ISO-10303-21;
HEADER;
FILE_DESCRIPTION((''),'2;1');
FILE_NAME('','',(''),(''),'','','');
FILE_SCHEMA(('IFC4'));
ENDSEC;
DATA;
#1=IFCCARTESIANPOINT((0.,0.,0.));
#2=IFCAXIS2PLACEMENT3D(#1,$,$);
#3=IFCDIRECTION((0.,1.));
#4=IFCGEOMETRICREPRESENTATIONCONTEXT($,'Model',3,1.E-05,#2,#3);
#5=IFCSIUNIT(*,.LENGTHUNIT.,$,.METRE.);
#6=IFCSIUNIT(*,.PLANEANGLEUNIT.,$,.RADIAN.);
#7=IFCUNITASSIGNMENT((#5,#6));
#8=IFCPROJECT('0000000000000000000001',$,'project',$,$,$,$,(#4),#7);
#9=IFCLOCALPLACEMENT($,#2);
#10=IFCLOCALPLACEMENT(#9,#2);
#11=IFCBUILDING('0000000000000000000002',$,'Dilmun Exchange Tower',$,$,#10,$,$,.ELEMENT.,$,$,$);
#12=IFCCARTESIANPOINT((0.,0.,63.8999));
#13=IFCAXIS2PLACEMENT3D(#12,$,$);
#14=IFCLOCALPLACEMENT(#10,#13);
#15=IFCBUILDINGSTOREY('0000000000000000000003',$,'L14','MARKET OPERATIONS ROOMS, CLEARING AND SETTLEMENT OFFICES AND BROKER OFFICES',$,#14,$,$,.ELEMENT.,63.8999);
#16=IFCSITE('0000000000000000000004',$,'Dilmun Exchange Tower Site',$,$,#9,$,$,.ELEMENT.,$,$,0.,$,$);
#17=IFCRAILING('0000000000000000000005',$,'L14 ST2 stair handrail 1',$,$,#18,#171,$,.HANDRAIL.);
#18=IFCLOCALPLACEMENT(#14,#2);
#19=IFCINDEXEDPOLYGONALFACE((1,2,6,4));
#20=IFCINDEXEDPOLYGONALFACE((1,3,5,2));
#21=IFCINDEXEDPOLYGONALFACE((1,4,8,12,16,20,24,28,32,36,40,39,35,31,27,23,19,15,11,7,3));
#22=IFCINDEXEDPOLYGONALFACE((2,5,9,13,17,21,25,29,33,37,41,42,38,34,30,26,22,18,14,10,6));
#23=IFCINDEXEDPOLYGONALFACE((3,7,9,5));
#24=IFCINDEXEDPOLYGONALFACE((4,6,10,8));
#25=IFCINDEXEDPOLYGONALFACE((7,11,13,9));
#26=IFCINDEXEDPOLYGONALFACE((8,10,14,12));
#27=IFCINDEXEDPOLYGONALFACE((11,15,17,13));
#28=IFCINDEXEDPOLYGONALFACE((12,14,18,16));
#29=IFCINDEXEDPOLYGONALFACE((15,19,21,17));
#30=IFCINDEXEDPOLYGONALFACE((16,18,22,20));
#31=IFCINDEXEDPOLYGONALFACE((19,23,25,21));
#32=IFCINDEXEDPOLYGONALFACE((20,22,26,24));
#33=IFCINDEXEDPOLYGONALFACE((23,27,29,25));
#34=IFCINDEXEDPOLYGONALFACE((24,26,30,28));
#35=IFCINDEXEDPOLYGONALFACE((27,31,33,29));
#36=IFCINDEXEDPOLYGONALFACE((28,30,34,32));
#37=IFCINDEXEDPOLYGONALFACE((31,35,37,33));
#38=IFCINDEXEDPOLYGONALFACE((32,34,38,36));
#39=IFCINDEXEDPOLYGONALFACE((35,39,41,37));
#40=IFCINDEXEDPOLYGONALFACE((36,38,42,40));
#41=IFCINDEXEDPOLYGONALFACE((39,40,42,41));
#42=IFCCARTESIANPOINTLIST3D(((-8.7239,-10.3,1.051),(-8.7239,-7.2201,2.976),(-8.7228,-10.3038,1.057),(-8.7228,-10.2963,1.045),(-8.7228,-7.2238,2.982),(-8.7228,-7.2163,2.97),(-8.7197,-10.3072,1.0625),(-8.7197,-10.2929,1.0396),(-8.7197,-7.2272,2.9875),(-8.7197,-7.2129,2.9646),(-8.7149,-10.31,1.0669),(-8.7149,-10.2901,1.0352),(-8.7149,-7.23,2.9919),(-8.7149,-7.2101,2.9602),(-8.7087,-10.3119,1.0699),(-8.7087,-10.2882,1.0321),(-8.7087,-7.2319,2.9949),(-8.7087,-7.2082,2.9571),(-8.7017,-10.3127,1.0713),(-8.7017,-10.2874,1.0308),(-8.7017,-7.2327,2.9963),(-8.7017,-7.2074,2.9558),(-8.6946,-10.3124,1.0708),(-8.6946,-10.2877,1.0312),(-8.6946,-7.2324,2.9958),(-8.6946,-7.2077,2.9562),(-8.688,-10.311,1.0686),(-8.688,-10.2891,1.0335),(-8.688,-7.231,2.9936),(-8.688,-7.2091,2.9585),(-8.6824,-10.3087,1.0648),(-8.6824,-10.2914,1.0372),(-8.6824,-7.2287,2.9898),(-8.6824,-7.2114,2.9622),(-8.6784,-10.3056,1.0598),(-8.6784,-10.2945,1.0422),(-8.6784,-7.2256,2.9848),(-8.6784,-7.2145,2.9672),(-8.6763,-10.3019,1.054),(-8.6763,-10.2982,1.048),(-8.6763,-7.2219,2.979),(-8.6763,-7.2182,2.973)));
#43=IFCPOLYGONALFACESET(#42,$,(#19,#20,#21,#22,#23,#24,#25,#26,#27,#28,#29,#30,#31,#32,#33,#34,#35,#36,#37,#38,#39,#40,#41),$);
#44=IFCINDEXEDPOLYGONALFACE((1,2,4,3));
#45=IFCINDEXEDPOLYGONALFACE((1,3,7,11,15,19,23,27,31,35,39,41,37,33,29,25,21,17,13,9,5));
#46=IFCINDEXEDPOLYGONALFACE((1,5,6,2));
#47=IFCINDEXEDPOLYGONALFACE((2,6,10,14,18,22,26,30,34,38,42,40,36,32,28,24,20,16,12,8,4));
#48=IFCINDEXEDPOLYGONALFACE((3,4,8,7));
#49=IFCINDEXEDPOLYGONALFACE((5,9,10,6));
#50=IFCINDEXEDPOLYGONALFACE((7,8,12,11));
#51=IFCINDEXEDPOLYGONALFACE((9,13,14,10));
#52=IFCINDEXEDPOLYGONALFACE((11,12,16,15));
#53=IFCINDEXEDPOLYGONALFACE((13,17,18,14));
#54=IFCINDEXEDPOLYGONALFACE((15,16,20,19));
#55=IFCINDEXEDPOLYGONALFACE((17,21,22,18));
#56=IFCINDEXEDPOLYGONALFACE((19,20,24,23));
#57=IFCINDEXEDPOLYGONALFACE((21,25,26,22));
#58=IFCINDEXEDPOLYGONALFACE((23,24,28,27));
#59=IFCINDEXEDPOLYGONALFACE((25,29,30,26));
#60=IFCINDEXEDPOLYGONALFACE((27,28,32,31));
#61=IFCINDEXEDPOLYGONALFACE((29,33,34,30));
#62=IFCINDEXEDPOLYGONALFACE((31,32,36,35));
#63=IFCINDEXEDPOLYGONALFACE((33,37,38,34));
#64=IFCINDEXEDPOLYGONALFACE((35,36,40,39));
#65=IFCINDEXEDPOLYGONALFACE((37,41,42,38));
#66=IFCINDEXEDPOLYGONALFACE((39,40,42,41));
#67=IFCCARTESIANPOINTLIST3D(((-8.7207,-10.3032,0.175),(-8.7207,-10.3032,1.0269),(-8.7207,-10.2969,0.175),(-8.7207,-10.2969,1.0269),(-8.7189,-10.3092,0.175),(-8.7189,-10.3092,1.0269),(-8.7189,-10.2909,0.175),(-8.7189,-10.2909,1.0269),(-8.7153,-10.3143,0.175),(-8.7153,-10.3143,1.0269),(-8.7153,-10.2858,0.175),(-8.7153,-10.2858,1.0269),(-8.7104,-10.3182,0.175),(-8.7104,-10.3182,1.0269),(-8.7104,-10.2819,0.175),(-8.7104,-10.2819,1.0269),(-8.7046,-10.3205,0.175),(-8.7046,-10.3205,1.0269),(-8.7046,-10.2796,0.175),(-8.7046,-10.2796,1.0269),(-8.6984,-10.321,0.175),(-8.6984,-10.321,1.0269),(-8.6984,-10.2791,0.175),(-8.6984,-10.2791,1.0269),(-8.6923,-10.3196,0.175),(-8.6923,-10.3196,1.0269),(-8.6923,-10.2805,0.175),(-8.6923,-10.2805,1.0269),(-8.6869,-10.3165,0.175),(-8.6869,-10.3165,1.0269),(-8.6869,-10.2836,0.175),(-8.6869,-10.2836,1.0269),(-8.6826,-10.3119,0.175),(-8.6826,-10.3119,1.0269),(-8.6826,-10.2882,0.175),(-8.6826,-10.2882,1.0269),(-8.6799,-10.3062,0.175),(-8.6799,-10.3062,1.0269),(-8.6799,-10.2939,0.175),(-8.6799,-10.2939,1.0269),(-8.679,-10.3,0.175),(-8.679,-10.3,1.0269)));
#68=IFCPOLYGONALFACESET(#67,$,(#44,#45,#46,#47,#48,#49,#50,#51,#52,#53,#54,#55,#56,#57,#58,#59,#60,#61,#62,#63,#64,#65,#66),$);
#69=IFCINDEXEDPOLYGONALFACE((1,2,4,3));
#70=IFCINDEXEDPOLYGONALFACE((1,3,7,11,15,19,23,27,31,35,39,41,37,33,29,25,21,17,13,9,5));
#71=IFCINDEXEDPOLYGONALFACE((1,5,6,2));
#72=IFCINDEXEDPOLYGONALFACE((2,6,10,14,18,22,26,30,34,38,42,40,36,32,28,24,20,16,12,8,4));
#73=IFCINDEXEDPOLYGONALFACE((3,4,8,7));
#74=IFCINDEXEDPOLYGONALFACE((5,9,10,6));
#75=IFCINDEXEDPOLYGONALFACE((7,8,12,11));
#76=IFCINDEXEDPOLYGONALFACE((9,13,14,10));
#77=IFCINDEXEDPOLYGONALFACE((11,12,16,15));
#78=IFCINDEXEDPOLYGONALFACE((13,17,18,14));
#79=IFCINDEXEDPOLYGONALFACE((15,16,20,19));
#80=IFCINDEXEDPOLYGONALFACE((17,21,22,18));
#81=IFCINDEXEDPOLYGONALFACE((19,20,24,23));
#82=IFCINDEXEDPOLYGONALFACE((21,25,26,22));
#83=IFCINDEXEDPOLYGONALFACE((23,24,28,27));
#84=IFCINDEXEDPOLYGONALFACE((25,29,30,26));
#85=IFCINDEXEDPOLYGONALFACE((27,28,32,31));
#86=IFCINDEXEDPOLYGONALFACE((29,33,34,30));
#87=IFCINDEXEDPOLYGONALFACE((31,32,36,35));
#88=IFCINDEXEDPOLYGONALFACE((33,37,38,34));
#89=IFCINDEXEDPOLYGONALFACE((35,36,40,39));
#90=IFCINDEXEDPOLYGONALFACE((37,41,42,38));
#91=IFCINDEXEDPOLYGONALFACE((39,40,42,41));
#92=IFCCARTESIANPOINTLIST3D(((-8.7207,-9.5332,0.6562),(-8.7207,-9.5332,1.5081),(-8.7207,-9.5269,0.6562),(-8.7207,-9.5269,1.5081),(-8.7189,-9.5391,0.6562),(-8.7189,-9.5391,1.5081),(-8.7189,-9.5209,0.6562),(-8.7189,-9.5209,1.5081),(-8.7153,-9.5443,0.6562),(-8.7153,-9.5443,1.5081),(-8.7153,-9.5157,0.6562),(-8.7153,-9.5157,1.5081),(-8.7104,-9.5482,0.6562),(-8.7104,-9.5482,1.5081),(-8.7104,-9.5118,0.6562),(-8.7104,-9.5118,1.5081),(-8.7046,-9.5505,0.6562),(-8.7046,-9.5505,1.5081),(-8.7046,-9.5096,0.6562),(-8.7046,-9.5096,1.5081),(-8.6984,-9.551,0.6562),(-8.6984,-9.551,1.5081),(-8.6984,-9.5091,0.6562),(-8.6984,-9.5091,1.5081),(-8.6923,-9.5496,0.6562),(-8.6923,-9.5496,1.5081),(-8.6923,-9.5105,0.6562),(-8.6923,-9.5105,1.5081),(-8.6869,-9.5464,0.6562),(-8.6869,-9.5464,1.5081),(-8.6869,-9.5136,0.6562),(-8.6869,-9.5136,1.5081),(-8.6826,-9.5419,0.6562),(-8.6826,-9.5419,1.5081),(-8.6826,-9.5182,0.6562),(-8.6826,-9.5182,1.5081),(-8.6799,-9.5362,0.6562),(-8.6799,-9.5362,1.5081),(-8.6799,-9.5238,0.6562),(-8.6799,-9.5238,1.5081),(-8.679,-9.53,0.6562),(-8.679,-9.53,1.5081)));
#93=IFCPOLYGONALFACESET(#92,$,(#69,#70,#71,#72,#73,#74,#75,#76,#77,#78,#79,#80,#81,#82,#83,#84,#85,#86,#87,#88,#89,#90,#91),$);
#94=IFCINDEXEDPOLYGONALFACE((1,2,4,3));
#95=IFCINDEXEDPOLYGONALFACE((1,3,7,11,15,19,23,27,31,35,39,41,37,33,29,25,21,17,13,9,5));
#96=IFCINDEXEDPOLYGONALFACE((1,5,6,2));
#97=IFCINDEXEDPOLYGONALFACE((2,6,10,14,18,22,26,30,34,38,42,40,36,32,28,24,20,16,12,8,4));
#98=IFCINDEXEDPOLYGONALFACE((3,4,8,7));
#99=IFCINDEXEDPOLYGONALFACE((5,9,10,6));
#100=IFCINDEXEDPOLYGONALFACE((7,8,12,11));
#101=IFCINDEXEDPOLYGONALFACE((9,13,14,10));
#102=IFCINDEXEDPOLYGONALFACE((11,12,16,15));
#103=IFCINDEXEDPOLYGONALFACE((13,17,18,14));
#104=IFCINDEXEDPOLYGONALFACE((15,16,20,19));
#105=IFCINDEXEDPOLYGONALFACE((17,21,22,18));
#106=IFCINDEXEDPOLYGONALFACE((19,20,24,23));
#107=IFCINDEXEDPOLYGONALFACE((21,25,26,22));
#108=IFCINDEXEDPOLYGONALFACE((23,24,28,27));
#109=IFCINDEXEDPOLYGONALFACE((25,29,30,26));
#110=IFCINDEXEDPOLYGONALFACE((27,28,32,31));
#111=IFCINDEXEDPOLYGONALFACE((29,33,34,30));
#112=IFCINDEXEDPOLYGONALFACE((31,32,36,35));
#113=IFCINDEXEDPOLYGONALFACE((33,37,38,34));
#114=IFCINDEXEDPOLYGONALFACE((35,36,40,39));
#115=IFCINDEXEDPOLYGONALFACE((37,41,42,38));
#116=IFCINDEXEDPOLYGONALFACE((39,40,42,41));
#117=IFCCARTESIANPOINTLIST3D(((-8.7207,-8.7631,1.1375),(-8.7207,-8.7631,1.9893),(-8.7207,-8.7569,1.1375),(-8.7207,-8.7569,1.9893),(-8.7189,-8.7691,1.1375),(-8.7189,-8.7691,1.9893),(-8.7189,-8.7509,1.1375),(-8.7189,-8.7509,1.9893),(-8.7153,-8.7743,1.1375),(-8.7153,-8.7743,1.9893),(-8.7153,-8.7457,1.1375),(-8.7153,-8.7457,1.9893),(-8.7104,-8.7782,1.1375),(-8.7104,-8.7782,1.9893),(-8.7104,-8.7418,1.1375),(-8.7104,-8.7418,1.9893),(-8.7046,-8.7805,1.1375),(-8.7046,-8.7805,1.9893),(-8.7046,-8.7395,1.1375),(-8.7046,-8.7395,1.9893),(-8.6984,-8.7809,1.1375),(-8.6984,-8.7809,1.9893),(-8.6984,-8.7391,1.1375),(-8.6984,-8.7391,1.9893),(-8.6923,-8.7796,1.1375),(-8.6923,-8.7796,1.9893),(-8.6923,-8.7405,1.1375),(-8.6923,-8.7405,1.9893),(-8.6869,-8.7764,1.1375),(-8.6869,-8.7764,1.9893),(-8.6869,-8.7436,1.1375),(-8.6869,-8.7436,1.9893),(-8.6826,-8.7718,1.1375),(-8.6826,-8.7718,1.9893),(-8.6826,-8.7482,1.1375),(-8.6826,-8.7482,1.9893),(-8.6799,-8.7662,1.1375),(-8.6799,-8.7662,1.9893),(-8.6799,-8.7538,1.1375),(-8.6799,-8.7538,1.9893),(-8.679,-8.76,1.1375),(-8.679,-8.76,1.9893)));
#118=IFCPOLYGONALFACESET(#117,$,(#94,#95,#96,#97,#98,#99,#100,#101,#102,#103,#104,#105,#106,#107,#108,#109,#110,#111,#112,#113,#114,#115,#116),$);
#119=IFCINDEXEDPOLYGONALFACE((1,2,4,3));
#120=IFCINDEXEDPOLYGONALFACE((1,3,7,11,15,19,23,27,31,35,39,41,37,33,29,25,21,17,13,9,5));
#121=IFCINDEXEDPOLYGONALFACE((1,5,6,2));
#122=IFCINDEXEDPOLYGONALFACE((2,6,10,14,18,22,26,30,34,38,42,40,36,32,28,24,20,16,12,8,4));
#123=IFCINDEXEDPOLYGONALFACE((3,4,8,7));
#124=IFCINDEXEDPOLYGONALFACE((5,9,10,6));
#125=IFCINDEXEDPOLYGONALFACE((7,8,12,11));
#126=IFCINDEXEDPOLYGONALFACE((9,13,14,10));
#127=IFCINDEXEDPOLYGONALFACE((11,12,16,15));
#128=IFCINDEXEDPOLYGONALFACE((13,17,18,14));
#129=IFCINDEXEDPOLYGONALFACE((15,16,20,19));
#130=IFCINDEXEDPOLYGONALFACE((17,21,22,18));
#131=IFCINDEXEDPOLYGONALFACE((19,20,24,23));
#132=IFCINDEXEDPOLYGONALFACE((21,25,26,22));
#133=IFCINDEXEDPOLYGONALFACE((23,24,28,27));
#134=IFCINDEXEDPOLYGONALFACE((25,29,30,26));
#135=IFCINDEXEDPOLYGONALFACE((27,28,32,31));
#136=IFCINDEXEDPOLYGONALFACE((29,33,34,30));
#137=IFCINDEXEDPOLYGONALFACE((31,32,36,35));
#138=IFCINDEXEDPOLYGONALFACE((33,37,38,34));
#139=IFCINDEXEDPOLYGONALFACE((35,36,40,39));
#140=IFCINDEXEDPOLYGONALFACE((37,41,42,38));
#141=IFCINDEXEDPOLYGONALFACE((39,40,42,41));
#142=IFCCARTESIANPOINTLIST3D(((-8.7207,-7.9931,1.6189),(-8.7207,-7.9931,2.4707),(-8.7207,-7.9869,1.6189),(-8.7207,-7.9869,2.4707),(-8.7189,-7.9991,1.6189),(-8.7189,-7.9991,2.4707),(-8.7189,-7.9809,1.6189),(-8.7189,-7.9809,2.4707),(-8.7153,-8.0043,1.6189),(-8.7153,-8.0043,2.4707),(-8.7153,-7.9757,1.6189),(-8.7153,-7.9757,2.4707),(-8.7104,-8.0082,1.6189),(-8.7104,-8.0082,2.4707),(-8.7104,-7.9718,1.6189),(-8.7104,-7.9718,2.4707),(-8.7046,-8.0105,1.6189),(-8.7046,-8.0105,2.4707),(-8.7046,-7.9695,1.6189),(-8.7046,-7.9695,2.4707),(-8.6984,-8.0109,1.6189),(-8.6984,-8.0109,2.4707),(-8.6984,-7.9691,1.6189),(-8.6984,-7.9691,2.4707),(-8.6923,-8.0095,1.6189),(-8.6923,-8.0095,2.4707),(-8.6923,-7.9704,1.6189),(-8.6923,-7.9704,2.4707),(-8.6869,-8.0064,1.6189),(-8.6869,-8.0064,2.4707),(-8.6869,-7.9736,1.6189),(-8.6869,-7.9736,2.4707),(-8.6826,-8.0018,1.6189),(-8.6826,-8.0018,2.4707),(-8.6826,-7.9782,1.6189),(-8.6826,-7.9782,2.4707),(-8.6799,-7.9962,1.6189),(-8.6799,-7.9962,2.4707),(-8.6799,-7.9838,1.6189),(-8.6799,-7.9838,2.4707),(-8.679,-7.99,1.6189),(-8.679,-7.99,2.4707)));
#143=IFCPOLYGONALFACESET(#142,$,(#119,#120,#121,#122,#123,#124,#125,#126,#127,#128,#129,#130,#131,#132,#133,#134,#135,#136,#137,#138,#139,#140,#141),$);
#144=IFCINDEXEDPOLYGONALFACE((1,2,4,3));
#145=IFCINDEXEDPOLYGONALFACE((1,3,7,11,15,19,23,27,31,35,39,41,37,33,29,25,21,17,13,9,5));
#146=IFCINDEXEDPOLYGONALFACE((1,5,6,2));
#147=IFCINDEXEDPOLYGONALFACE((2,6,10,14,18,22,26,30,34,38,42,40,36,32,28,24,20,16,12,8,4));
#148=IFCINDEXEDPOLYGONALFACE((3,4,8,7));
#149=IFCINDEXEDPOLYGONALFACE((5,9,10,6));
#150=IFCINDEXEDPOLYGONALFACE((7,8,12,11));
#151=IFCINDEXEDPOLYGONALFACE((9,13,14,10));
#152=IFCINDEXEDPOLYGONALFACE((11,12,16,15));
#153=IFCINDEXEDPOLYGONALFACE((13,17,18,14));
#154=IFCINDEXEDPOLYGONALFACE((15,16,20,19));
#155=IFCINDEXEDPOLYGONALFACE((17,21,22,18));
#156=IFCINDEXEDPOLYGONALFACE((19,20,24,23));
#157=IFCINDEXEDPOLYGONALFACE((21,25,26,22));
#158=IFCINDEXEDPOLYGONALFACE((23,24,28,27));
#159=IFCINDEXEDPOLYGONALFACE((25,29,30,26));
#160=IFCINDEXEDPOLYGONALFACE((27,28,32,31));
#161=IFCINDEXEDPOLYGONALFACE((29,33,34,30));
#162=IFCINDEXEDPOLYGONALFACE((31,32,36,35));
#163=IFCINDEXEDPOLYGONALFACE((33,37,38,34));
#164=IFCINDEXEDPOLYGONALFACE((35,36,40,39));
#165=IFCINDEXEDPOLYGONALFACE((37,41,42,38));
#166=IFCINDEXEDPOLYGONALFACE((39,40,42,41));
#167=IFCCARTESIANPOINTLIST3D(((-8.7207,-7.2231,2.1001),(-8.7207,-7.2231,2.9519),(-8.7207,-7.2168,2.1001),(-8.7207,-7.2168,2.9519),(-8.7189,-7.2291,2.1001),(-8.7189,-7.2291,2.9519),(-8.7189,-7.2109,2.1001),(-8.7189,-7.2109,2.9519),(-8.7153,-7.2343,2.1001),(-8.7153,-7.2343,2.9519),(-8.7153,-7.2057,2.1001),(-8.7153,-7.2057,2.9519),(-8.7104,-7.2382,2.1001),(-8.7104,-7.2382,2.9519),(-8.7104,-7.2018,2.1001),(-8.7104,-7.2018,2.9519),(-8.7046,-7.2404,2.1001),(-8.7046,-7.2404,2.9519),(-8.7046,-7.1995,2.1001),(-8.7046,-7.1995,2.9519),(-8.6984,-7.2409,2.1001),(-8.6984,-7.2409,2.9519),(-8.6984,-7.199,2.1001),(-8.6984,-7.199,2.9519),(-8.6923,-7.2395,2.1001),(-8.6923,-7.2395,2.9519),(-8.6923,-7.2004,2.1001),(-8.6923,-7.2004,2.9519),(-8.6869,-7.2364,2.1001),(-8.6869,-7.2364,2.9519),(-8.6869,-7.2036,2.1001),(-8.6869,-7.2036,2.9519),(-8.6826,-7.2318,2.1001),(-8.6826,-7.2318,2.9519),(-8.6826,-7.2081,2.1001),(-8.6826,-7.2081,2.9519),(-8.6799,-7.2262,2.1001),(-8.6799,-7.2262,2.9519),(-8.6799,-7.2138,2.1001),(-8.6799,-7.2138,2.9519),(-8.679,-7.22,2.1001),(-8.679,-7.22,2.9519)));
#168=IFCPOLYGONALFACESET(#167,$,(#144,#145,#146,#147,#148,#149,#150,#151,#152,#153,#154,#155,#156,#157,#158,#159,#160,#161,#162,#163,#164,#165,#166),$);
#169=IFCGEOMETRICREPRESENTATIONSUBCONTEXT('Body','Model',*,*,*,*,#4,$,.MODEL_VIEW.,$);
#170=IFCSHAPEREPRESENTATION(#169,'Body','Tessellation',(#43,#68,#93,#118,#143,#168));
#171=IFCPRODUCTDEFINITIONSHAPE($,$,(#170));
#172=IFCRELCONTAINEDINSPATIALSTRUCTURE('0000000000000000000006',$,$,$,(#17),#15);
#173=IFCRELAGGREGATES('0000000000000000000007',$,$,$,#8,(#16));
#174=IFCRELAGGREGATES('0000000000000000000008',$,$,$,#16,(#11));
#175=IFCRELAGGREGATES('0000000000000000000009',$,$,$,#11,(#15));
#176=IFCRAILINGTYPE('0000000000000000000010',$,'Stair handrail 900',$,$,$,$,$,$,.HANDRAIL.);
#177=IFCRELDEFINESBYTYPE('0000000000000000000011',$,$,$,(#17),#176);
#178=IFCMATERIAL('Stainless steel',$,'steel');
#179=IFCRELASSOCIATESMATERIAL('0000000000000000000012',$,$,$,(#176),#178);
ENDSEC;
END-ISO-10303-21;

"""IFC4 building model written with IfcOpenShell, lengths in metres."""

from ifc_helpers import new_model, si_unit, direction, frame, origin, origin_2d, place, context, subcontext, project, spatial, circle, extrude, material, type_object, element, save


model = new_model("IFC4")

# Units and contexts
model_context = context("Model", 3, precision=1e-05, world=origin(), true_north=direction((0.0, 1.0)))
body_context = subcontext(model_context, "Body", "Model", "MODEL_VIEW")
ifc_project = project(units=[si_unit("LENGTHUNIT", "METRE"), si_unit("PLANEANGLEUNIT", "RADIAN")], contexts=[model_context])

# Site, building, storey
site_placement = place(None, origin())
site = spatial("IfcSite", under=ifc_project, at=site_placement, Name="Dilmun Exchange Tower Site", CompositionType="ELEMENT", RefElevation=0.0)
building_placement = place(site_placement, origin())
building = spatial("IfcBuilding", under=site, at=building_placement, Name="Dilmun Exchange Tower", CompositionType="ELEMENT")
storey_placement = place(building_placement, frame((0.0, 0.0, 63.8999)))
storey = spatial("IfcBuildingStorey", under=building, at=storey_placement, Name="L14", Description="MARKET OPERATIONS ROOMS, CLEARING AND SETTLEMENT OFFICES AND BROKER OFFICES", CompositionType="ELEMENT", Elevation=63.8999)

# Railing
ifc_material_1 = material(Name="Stainless steel", Category="steel")
railing_type = type_object("IfcRailingType", Name="Stair handrail 900", PredefinedType="HANDRAIL", material=ifc_material_1)
railing_1_placement = place(storey_placement, frame((-8.7, -10.3, 0.175)))
element("IfcRailing", 1, at=railing_1_placement, inside=storey, type_object=railing_type, Name="L14 ST2 stair handrail 1", PredefinedType="HANDRAIL", context=body_context, shape_type="SweptSolid", body=[
    extrude(circle(Radius=0.0239, at=origin_2d()), frame((0.0, 0.0, 0.876), z_axis=(0.0, 0.847998, 0.529999), x_axis=(-1.0, 0.0, 0.0)), (0.0, 0.0, 1.0), 3.6321),
    extrude(circle(Radius=0.021, at=origin_2d()), origin(), (0.0, 0.0, 1.0), 0.8518),
    extrude(circle(Radius=0.021, at=origin_2d()), frame((0.0, 0.77, 0.4812)), (0.0, 0.0, 1.0), 0.8518),
    extrude(circle(Radius=0.021, at=origin_2d()), frame((0.0, 1.54, 0.9624)), (0.0, 0.0, 1.0), 0.8518),
    extrude(circle(Radius=0.021, at=origin_2d()), frame((0.0, 2.3101, 1.4438)), (0.0, 0.0, 1.0), 0.8518),
    extrude(circle(Radius=0.021, at=origin_2d()), frame((0.0, 3.0801, 1.925)), (0.0, 0.0, 1.0), 0.8518),
])

save(model, "model.ifc")
